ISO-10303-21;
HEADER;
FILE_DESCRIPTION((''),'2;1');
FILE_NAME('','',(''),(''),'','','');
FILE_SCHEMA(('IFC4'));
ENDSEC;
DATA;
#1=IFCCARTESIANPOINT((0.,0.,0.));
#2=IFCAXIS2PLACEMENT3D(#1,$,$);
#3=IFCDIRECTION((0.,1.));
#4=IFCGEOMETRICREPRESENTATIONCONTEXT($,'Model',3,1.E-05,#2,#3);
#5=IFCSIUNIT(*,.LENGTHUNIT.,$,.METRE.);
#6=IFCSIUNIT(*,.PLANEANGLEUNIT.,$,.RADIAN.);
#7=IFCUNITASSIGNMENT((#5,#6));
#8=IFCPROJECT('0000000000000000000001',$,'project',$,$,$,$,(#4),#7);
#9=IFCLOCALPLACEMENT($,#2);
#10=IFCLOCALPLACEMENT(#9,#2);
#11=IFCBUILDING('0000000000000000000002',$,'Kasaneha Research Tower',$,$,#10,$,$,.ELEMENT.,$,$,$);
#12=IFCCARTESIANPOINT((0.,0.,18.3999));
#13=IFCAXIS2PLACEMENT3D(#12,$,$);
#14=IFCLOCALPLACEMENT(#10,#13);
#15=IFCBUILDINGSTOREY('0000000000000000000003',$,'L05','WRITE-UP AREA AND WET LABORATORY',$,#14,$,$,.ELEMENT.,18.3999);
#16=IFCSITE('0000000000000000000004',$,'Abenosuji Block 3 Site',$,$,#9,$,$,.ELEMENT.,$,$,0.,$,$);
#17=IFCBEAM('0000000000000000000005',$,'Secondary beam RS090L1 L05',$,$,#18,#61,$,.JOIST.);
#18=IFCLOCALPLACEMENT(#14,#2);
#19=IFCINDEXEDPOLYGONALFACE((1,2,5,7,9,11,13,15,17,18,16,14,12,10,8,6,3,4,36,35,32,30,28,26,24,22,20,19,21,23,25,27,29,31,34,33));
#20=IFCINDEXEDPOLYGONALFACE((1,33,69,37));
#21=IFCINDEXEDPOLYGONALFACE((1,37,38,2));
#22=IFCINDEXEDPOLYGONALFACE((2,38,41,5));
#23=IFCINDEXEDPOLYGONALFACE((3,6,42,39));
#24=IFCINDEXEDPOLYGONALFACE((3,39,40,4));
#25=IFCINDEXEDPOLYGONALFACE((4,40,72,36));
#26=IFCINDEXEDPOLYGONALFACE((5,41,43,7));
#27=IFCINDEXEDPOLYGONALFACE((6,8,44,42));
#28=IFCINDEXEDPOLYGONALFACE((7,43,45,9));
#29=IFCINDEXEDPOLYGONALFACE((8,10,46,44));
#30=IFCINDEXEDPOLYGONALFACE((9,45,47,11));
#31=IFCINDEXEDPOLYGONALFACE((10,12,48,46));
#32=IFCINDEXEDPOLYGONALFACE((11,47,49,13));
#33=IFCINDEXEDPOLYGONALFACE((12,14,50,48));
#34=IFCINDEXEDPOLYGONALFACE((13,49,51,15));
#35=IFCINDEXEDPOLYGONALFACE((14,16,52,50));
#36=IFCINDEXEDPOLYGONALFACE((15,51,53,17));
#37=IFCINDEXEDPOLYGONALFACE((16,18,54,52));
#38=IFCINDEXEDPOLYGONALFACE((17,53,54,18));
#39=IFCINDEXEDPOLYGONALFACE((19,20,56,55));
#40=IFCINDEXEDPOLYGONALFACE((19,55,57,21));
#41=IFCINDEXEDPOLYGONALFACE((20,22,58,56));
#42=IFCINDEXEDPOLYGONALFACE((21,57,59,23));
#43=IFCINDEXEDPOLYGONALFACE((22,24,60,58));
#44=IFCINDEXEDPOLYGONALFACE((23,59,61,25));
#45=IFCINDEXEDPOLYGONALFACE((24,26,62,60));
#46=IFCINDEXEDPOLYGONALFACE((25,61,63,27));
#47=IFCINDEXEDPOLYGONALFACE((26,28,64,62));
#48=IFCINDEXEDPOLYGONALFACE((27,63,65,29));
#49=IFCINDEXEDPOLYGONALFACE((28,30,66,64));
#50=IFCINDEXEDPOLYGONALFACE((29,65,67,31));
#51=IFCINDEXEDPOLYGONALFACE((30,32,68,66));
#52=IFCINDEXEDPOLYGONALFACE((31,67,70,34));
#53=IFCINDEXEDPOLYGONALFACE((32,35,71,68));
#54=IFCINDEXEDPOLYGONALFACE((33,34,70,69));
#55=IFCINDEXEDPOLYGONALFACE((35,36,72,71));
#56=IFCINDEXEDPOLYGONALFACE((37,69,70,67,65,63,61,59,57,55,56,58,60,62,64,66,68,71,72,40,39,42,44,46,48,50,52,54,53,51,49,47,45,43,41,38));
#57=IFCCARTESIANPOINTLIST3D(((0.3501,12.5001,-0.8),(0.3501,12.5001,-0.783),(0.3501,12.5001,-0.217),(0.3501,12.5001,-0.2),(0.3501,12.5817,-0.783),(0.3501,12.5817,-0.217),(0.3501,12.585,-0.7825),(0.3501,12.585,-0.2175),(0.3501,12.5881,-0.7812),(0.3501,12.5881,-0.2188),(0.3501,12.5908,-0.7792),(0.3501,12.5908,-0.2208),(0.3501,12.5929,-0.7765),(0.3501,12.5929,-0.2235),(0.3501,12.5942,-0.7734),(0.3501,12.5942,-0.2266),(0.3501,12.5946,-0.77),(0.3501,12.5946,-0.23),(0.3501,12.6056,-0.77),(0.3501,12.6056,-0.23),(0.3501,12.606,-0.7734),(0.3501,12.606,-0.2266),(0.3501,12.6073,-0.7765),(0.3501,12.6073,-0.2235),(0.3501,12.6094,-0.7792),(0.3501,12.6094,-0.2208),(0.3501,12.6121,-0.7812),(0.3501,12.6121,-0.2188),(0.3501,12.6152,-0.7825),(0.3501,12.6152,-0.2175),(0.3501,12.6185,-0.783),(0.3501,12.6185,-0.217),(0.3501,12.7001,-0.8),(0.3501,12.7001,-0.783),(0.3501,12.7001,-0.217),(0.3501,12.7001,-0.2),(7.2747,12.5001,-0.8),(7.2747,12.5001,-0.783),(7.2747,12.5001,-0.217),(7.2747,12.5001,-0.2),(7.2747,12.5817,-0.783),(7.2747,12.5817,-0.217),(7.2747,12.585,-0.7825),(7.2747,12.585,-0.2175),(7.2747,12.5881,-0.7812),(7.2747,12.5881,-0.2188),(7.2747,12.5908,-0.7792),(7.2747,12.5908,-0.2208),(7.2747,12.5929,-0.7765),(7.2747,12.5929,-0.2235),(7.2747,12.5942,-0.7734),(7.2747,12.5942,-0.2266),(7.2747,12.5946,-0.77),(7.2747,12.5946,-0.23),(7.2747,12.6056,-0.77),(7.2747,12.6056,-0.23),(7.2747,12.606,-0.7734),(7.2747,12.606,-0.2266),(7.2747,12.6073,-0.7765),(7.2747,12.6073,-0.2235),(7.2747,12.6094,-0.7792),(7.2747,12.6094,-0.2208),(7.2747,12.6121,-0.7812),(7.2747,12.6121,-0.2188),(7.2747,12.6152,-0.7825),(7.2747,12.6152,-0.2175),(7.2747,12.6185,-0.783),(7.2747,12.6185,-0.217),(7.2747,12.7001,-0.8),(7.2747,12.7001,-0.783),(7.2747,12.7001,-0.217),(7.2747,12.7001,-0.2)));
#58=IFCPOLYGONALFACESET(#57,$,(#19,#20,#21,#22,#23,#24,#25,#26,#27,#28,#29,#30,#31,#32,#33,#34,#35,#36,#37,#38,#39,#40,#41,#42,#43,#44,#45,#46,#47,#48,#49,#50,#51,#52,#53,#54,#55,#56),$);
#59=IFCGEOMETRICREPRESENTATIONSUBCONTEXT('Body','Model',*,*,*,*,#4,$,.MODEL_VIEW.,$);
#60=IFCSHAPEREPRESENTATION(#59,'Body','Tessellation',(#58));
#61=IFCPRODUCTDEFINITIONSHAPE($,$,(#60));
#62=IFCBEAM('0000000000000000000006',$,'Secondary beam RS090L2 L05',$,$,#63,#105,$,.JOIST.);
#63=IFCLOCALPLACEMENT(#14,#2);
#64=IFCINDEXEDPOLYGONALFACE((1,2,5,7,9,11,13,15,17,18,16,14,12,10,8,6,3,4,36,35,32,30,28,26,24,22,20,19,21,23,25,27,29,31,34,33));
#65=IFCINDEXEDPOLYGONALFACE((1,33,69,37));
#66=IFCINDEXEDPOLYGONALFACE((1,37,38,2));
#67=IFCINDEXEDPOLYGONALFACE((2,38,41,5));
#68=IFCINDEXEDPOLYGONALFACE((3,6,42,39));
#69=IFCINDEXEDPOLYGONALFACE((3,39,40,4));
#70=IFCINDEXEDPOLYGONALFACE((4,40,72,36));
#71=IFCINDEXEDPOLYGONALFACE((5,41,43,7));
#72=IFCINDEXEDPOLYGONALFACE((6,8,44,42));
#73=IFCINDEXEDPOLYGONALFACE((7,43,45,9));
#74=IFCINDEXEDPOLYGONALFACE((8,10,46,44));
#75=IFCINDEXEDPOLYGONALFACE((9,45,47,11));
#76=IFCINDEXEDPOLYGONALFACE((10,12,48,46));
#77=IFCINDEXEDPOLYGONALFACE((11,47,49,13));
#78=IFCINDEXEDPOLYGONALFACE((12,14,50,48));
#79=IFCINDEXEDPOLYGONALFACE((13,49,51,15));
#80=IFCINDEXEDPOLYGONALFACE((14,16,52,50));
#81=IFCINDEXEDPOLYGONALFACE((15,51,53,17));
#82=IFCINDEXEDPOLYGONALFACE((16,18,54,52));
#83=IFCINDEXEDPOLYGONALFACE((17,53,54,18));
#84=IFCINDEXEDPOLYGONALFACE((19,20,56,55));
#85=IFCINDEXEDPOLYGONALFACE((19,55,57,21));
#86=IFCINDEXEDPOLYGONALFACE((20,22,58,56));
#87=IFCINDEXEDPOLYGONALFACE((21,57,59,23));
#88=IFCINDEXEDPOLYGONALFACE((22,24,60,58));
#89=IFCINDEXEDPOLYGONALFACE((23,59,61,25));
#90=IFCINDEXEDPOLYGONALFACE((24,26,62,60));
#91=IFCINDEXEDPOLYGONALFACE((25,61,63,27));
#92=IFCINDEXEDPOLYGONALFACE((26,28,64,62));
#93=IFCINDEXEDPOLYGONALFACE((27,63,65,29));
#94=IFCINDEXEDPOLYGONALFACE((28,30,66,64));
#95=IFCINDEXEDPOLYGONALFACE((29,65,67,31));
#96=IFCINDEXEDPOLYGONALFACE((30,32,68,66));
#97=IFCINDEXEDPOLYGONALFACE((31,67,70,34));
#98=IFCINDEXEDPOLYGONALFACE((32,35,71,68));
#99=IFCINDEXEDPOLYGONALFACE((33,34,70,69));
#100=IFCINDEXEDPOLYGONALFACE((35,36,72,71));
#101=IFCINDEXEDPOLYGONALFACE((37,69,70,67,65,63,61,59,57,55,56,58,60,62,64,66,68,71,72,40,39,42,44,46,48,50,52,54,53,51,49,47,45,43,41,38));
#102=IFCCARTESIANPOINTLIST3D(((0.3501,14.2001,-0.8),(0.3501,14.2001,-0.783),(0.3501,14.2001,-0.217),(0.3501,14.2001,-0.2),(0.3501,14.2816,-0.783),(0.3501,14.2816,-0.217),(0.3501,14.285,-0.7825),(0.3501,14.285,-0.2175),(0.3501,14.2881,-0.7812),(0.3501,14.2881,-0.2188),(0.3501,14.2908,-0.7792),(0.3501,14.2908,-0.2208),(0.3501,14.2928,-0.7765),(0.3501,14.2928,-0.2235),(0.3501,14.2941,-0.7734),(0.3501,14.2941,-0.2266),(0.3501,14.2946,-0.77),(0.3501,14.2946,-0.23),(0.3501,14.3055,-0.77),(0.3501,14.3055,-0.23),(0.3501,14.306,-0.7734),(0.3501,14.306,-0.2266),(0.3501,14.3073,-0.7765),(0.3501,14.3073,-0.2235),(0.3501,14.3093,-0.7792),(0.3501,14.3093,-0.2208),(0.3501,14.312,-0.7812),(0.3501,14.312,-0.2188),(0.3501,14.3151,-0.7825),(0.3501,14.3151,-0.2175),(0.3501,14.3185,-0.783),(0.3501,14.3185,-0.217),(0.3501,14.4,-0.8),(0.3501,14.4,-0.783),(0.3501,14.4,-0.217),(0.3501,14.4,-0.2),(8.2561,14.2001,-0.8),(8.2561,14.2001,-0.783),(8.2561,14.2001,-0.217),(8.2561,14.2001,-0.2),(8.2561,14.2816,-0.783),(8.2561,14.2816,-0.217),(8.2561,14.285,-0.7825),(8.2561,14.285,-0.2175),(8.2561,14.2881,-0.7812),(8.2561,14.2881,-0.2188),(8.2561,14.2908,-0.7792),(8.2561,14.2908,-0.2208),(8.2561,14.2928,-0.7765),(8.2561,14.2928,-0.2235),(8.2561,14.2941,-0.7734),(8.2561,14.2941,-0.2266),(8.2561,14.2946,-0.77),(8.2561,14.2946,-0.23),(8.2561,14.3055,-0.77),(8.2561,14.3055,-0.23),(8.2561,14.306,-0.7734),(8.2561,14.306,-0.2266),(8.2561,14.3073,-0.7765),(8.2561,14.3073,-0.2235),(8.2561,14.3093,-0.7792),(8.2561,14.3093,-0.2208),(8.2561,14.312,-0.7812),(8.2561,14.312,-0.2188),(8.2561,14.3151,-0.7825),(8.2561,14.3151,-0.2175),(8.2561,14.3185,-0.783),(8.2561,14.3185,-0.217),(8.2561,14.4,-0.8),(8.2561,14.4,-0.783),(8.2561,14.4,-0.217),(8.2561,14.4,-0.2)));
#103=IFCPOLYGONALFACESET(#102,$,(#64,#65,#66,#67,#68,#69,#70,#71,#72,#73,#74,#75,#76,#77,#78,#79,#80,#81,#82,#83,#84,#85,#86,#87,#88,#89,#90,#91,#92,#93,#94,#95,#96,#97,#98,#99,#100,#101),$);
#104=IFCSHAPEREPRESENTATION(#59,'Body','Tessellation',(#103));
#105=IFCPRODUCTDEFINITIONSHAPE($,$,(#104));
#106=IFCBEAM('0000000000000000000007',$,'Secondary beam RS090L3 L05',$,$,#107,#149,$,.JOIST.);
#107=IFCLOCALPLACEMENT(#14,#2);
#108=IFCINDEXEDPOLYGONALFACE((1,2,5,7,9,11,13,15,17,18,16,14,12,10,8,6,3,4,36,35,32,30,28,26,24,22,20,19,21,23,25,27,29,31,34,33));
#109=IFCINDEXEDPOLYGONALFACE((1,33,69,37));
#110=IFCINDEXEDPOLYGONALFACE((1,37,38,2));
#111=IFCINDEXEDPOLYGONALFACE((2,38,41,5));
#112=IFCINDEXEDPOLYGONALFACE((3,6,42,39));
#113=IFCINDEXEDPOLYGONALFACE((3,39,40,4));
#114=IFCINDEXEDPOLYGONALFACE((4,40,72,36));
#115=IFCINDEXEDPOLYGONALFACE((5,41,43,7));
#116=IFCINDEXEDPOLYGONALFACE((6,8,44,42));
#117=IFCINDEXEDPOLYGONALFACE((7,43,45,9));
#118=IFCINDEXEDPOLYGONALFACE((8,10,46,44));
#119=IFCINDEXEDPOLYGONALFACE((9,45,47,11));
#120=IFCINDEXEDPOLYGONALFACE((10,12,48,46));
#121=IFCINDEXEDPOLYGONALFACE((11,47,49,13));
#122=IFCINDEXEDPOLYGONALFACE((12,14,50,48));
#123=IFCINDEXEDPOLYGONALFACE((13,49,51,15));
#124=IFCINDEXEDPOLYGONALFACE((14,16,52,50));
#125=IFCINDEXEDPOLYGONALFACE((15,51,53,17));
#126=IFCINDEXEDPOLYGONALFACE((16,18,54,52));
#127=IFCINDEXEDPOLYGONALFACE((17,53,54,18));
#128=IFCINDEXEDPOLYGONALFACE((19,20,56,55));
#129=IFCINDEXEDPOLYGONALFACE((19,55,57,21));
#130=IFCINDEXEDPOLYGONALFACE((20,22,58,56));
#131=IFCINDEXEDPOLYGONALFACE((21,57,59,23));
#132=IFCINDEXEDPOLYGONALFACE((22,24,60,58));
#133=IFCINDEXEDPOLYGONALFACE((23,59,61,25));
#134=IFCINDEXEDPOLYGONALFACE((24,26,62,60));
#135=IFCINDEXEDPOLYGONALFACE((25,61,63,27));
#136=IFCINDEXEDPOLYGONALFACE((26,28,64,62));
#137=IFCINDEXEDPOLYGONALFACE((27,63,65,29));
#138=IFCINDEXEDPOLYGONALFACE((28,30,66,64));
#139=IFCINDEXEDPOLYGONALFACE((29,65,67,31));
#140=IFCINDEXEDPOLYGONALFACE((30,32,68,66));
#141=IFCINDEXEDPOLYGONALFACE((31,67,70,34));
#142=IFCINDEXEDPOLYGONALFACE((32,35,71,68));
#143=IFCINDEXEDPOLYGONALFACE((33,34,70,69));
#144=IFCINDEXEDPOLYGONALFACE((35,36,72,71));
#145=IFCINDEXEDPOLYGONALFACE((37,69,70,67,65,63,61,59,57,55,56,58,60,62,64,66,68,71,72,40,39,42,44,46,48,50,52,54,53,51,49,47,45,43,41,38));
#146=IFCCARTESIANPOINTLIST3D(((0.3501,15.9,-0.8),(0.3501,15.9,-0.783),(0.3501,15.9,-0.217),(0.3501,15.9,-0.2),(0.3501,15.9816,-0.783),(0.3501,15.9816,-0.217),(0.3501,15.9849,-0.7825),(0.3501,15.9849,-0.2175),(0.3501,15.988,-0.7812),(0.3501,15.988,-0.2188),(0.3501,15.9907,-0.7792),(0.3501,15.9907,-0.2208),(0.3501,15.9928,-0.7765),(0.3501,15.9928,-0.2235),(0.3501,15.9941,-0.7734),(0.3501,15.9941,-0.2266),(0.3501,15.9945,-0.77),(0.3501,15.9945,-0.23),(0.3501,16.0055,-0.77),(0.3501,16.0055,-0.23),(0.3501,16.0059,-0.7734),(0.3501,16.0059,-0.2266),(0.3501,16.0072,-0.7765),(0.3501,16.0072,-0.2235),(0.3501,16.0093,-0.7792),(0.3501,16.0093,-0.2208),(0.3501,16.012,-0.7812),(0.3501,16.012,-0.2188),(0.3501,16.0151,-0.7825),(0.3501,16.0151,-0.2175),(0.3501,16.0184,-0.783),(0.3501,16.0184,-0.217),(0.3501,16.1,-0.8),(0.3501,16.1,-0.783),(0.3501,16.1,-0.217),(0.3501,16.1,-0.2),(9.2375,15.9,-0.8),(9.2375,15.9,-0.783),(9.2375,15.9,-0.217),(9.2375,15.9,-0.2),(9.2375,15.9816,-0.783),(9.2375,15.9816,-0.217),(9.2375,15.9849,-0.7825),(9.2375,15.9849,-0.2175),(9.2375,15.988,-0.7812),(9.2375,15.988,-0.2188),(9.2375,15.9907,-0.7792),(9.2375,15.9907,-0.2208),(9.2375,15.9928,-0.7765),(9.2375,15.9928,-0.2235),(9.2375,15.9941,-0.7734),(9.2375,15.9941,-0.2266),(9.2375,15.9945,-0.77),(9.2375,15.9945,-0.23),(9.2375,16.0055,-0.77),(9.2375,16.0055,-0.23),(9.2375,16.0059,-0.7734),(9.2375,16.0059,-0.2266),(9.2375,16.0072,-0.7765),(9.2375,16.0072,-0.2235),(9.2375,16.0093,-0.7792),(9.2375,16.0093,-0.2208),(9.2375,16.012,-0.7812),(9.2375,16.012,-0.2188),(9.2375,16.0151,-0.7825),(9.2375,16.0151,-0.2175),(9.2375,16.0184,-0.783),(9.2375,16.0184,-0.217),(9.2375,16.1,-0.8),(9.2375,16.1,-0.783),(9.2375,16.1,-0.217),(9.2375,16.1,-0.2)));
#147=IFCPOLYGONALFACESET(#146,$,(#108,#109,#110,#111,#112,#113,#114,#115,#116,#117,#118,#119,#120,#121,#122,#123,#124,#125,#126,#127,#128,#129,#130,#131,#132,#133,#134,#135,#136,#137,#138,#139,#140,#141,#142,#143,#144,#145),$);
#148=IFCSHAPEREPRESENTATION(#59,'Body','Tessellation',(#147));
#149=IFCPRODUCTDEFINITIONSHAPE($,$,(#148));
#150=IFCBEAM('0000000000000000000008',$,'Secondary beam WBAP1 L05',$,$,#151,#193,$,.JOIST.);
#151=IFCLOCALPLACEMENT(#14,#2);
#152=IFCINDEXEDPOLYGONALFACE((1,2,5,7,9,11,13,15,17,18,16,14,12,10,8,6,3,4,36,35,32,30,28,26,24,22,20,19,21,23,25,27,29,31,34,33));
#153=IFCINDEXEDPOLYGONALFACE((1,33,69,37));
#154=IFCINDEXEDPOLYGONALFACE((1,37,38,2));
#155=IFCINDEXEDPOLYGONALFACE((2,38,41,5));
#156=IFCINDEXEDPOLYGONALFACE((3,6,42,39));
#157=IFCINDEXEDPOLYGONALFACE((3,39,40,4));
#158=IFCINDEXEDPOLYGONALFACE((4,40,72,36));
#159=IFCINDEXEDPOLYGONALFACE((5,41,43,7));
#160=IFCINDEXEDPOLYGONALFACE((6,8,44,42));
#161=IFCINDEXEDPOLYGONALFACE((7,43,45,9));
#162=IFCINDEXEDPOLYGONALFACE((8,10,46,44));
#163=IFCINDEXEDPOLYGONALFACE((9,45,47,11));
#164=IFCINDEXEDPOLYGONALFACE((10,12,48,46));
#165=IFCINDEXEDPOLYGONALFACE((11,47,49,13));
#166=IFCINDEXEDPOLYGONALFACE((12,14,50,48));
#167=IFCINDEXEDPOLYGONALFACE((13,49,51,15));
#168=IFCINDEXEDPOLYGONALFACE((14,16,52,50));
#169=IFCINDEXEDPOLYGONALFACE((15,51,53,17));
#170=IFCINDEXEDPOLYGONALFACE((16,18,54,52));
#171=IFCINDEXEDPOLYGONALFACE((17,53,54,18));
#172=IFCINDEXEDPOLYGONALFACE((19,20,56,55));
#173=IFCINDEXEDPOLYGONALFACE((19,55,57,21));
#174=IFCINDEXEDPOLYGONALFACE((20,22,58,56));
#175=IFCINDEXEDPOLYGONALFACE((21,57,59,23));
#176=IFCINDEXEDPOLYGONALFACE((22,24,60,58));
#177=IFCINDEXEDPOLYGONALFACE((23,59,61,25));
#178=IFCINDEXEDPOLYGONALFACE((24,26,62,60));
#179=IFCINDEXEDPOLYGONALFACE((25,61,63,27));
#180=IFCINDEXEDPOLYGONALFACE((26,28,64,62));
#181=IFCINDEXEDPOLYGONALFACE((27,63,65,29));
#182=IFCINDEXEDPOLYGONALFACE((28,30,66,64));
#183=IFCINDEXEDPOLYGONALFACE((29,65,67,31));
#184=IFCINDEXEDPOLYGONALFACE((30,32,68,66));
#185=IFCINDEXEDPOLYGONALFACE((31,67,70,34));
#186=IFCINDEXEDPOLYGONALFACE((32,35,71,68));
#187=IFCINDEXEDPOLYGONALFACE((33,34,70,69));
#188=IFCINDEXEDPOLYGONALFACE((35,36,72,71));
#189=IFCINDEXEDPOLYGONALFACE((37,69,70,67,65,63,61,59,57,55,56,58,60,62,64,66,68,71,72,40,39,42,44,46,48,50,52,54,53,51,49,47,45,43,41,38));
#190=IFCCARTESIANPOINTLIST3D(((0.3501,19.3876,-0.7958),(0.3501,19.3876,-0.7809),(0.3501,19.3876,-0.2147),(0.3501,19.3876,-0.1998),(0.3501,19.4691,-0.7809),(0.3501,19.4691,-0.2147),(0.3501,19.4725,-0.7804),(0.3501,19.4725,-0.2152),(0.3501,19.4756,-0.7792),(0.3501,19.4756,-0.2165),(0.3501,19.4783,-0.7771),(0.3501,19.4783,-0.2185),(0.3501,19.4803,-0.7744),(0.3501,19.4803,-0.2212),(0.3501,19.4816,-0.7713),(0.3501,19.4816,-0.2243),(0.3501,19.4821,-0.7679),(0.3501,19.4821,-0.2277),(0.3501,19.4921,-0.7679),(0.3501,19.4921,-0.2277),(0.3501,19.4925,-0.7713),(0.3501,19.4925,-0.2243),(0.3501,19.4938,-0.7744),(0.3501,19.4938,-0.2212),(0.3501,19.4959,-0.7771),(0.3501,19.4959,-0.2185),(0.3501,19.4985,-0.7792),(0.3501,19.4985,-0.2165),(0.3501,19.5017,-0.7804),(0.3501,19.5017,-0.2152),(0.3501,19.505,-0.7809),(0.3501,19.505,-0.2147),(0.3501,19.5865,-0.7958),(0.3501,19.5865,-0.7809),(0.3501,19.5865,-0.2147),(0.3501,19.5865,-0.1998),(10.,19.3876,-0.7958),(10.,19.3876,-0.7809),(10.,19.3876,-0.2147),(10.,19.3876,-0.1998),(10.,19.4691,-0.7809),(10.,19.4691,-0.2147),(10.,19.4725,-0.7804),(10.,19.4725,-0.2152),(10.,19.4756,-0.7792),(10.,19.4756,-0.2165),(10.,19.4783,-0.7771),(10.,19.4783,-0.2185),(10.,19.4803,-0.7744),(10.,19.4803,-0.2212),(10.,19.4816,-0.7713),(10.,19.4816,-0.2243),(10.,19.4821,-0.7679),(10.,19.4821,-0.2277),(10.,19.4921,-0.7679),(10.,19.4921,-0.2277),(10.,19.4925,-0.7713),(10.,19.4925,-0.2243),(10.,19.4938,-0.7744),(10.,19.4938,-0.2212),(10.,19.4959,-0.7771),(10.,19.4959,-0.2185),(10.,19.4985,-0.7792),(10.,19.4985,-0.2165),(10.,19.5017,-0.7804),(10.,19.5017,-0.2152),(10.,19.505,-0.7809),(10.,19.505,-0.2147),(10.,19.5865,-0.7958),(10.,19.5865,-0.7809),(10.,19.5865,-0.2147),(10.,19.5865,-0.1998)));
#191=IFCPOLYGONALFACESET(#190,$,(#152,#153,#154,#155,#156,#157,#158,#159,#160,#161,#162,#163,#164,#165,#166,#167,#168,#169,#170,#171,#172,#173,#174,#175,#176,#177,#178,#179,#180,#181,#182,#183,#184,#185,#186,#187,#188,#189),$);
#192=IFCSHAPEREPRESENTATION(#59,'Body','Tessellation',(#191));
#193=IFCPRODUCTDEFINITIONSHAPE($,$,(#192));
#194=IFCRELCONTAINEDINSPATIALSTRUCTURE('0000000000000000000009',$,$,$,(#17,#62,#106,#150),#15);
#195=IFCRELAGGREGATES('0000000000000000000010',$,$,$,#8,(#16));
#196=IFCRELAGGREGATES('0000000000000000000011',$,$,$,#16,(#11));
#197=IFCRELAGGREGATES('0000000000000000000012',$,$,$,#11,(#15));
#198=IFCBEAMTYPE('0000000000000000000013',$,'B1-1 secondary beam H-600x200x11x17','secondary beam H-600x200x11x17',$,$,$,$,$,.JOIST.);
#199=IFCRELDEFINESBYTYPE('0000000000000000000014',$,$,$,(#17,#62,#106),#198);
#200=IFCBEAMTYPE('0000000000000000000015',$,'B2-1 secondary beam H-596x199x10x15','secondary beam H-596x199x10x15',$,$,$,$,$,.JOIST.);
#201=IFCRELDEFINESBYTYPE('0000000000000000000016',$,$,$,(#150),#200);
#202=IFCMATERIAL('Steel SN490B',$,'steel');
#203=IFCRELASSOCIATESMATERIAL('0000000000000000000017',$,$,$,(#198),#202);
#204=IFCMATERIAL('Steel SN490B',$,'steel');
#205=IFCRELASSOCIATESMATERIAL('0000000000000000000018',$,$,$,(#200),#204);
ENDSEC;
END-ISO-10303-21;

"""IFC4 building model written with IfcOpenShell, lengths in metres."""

from ifc_helpers import new_model, si_unit, direction, frame, origin, origin_2d, place, context, subcontext, project, spatial, i_section, extrude, material, material_profile, profile_set, type_object, element, save


model = new_model("IFC4")

# Units and contexts
model_context = context("Model", 3, precision=1e-05, world=origin(), true_north=direction((0.0, 1.0)))
body_context = subcontext(model_context, "Body", "Model", "MODEL_VIEW")
ifc_project = project(units=[si_unit("LENGTHUNIT", "METRE"), si_unit("PLANEANGLEUNIT", "RADIAN")], contexts=[model_context])

# Site, building, storey
site_placement = place(None, origin())
site = spatial("IfcSite", under=ifc_project, at=site_placement, Name="Abenosuji Block 3 Site", CompositionType="ELEMENT", RefElevation=0.0)
building_placement = place(site_placement, origin())
building = spatial("IfcBuilding", under=site, at=building_placement, Name="Kasaneha Research Tower", CompositionType="ELEMENT")
storey_placement = place(building_placement, frame((0.0, 0.0, 18.3999)))
storey = spatial("IfcBuildingStorey", under=building, at=storey_placement, Name="L05", Description="WRITE-UP AREA AND WET LABORATORY", CompositionType="ELEMENT", Elevation=18.3999)

# Beams
ifc_material_1 = material(Name="Steel SN490B", Category="steel")
ifc_material_profile_1 = material_profile(ifc_material_1, i_section(OverallWidth=0.2, OverallDepth=0.6001, WebThickness=0.011, FlangeThickness=0.0171, FilletRadius=0.0129, at=origin_2d()), Name="H-600x200x11x17")
ifc_profile_set_1 = profile_set([ifc_material_profile_1], Name="Steel SN490B")
beam_type_1 = type_object("IfcBeamType", Name="B1-1 secondary beam H-600x200x11x17", Description="secondary beam H-600x200x11x17", PredefinedType="JOIST", material=ifc_profile_set_1)
beam_1_placement = place(storey_placement, frame((7.2747, 12.6001, -0.5), z_axis=(-1.0, 0.0, 0.0), x_axis=(0.0, -1.0, 0.0)))
element("IfcBeam", 1, at=beam_1_placement, inside=storey, type_object=beam_type_1, Name="Secondary beam RS090L1 L05", PredefinedType="JOIST", context=body_context, shape_type="SweptSolid", body=[
    extrude(i_section(OverallWidth=0.2, OverallDepth=0.6001, WebThickness=0.011, FlangeThickness=0.0171, FilletRadius=0.0129, at=origin_2d()), origin(), (0.0, 0.0, 1.0), 6.9246),
])
beam_2_placement = place(storey_placement, frame((8.2561, 14.3, -0.5), z_axis=(-1.0, 0.0, 0.0), x_axis=(0.0, -1.0, 0.0)))
element("IfcBeam", 2, at=beam_2_placement, inside=storey, type_object=beam_type_1, Name="Secondary beam RS090L2 L05", PredefinedType="JOIST", context=body_context, shape_type="SweptSolid", body=[
    extrude(i_section(OverallWidth=0.2, OverallDepth=0.6001, WebThickness=0.011, FlangeThickness=0.0171, FilletRadius=0.0129, at=origin_2d()), origin(), (0.0, 0.0, 1.0), 7.906),
])
beam_3_placement = place(storey_placement, frame((9.2375, 16.0, -0.5), z_axis=(-1.0, 0.0, 0.0), x_axis=(0.0, -1.0, 0.0)))
element("IfcBeam", 3, at=beam_3_placement, inside=storey, type_object=beam_type_1, Name="Secondary beam RS090L3 L05", PredefinedType="JOIST", context=body_context, shape_type="SweptSolid", body=[
    extrude(i_section(OverallWidth=0.2, OverallDepth=0.6001, WebThickness=0.011, FlangeThickness=0.0171, FilletRadius=0.0129, at=origin_2d()), origin(), (0.0, 0.0, 1.0), 8.8875),
])
ifc_material_2 = material(Name="Steel SN490B", Category="steel")
ifc_material_profile_2 = material_profile(ifc_material_2, i_section(OverallWidth=0.199, OverallDepth=0.5959, WebThickness=0.01, FlangeThickness=0.0149, FilletRadius=0.0129, at=origin_2d()), Name="H-596x199x10x15")
ifc_profile_set_2 = profile_set([ifc_material_profile_2], Name="Steel SN490B")
beam_type_2 = type_object("IfcBeamType", Name="B2-1 secondary beam H-596x199x10x15", Description="secondary beam H-596x199x10x15", PredefinedType="JOIST", material=ifc_profile_set_2)
beam_4_placement = place(storey_placement, frame((10.0, 19.4871, -0.4978), z_axis=(-1.0, 0.0, 0.0), x_axis=(0.0, -1.0, 0.0)))
element("IfcBeam", 4, at=beam_4_placement, inside=storey, type_object=beam_type_2, Name="Secondary beam WBAP1 L05", PredefinedType="JOIST", context=body_context, shape_type="SweptSolid", body=[
    extrude(i_section(OverallWidth=0.199, OverallDepth=0.5959, WebThickness=0.01, FlangeThickness=0.0149, FilletRadius=0.0129, at=origin_2d()), origin(), (0.0, 0.0, 1.0), 9.6499),
])

save(model, "model.ifc")
